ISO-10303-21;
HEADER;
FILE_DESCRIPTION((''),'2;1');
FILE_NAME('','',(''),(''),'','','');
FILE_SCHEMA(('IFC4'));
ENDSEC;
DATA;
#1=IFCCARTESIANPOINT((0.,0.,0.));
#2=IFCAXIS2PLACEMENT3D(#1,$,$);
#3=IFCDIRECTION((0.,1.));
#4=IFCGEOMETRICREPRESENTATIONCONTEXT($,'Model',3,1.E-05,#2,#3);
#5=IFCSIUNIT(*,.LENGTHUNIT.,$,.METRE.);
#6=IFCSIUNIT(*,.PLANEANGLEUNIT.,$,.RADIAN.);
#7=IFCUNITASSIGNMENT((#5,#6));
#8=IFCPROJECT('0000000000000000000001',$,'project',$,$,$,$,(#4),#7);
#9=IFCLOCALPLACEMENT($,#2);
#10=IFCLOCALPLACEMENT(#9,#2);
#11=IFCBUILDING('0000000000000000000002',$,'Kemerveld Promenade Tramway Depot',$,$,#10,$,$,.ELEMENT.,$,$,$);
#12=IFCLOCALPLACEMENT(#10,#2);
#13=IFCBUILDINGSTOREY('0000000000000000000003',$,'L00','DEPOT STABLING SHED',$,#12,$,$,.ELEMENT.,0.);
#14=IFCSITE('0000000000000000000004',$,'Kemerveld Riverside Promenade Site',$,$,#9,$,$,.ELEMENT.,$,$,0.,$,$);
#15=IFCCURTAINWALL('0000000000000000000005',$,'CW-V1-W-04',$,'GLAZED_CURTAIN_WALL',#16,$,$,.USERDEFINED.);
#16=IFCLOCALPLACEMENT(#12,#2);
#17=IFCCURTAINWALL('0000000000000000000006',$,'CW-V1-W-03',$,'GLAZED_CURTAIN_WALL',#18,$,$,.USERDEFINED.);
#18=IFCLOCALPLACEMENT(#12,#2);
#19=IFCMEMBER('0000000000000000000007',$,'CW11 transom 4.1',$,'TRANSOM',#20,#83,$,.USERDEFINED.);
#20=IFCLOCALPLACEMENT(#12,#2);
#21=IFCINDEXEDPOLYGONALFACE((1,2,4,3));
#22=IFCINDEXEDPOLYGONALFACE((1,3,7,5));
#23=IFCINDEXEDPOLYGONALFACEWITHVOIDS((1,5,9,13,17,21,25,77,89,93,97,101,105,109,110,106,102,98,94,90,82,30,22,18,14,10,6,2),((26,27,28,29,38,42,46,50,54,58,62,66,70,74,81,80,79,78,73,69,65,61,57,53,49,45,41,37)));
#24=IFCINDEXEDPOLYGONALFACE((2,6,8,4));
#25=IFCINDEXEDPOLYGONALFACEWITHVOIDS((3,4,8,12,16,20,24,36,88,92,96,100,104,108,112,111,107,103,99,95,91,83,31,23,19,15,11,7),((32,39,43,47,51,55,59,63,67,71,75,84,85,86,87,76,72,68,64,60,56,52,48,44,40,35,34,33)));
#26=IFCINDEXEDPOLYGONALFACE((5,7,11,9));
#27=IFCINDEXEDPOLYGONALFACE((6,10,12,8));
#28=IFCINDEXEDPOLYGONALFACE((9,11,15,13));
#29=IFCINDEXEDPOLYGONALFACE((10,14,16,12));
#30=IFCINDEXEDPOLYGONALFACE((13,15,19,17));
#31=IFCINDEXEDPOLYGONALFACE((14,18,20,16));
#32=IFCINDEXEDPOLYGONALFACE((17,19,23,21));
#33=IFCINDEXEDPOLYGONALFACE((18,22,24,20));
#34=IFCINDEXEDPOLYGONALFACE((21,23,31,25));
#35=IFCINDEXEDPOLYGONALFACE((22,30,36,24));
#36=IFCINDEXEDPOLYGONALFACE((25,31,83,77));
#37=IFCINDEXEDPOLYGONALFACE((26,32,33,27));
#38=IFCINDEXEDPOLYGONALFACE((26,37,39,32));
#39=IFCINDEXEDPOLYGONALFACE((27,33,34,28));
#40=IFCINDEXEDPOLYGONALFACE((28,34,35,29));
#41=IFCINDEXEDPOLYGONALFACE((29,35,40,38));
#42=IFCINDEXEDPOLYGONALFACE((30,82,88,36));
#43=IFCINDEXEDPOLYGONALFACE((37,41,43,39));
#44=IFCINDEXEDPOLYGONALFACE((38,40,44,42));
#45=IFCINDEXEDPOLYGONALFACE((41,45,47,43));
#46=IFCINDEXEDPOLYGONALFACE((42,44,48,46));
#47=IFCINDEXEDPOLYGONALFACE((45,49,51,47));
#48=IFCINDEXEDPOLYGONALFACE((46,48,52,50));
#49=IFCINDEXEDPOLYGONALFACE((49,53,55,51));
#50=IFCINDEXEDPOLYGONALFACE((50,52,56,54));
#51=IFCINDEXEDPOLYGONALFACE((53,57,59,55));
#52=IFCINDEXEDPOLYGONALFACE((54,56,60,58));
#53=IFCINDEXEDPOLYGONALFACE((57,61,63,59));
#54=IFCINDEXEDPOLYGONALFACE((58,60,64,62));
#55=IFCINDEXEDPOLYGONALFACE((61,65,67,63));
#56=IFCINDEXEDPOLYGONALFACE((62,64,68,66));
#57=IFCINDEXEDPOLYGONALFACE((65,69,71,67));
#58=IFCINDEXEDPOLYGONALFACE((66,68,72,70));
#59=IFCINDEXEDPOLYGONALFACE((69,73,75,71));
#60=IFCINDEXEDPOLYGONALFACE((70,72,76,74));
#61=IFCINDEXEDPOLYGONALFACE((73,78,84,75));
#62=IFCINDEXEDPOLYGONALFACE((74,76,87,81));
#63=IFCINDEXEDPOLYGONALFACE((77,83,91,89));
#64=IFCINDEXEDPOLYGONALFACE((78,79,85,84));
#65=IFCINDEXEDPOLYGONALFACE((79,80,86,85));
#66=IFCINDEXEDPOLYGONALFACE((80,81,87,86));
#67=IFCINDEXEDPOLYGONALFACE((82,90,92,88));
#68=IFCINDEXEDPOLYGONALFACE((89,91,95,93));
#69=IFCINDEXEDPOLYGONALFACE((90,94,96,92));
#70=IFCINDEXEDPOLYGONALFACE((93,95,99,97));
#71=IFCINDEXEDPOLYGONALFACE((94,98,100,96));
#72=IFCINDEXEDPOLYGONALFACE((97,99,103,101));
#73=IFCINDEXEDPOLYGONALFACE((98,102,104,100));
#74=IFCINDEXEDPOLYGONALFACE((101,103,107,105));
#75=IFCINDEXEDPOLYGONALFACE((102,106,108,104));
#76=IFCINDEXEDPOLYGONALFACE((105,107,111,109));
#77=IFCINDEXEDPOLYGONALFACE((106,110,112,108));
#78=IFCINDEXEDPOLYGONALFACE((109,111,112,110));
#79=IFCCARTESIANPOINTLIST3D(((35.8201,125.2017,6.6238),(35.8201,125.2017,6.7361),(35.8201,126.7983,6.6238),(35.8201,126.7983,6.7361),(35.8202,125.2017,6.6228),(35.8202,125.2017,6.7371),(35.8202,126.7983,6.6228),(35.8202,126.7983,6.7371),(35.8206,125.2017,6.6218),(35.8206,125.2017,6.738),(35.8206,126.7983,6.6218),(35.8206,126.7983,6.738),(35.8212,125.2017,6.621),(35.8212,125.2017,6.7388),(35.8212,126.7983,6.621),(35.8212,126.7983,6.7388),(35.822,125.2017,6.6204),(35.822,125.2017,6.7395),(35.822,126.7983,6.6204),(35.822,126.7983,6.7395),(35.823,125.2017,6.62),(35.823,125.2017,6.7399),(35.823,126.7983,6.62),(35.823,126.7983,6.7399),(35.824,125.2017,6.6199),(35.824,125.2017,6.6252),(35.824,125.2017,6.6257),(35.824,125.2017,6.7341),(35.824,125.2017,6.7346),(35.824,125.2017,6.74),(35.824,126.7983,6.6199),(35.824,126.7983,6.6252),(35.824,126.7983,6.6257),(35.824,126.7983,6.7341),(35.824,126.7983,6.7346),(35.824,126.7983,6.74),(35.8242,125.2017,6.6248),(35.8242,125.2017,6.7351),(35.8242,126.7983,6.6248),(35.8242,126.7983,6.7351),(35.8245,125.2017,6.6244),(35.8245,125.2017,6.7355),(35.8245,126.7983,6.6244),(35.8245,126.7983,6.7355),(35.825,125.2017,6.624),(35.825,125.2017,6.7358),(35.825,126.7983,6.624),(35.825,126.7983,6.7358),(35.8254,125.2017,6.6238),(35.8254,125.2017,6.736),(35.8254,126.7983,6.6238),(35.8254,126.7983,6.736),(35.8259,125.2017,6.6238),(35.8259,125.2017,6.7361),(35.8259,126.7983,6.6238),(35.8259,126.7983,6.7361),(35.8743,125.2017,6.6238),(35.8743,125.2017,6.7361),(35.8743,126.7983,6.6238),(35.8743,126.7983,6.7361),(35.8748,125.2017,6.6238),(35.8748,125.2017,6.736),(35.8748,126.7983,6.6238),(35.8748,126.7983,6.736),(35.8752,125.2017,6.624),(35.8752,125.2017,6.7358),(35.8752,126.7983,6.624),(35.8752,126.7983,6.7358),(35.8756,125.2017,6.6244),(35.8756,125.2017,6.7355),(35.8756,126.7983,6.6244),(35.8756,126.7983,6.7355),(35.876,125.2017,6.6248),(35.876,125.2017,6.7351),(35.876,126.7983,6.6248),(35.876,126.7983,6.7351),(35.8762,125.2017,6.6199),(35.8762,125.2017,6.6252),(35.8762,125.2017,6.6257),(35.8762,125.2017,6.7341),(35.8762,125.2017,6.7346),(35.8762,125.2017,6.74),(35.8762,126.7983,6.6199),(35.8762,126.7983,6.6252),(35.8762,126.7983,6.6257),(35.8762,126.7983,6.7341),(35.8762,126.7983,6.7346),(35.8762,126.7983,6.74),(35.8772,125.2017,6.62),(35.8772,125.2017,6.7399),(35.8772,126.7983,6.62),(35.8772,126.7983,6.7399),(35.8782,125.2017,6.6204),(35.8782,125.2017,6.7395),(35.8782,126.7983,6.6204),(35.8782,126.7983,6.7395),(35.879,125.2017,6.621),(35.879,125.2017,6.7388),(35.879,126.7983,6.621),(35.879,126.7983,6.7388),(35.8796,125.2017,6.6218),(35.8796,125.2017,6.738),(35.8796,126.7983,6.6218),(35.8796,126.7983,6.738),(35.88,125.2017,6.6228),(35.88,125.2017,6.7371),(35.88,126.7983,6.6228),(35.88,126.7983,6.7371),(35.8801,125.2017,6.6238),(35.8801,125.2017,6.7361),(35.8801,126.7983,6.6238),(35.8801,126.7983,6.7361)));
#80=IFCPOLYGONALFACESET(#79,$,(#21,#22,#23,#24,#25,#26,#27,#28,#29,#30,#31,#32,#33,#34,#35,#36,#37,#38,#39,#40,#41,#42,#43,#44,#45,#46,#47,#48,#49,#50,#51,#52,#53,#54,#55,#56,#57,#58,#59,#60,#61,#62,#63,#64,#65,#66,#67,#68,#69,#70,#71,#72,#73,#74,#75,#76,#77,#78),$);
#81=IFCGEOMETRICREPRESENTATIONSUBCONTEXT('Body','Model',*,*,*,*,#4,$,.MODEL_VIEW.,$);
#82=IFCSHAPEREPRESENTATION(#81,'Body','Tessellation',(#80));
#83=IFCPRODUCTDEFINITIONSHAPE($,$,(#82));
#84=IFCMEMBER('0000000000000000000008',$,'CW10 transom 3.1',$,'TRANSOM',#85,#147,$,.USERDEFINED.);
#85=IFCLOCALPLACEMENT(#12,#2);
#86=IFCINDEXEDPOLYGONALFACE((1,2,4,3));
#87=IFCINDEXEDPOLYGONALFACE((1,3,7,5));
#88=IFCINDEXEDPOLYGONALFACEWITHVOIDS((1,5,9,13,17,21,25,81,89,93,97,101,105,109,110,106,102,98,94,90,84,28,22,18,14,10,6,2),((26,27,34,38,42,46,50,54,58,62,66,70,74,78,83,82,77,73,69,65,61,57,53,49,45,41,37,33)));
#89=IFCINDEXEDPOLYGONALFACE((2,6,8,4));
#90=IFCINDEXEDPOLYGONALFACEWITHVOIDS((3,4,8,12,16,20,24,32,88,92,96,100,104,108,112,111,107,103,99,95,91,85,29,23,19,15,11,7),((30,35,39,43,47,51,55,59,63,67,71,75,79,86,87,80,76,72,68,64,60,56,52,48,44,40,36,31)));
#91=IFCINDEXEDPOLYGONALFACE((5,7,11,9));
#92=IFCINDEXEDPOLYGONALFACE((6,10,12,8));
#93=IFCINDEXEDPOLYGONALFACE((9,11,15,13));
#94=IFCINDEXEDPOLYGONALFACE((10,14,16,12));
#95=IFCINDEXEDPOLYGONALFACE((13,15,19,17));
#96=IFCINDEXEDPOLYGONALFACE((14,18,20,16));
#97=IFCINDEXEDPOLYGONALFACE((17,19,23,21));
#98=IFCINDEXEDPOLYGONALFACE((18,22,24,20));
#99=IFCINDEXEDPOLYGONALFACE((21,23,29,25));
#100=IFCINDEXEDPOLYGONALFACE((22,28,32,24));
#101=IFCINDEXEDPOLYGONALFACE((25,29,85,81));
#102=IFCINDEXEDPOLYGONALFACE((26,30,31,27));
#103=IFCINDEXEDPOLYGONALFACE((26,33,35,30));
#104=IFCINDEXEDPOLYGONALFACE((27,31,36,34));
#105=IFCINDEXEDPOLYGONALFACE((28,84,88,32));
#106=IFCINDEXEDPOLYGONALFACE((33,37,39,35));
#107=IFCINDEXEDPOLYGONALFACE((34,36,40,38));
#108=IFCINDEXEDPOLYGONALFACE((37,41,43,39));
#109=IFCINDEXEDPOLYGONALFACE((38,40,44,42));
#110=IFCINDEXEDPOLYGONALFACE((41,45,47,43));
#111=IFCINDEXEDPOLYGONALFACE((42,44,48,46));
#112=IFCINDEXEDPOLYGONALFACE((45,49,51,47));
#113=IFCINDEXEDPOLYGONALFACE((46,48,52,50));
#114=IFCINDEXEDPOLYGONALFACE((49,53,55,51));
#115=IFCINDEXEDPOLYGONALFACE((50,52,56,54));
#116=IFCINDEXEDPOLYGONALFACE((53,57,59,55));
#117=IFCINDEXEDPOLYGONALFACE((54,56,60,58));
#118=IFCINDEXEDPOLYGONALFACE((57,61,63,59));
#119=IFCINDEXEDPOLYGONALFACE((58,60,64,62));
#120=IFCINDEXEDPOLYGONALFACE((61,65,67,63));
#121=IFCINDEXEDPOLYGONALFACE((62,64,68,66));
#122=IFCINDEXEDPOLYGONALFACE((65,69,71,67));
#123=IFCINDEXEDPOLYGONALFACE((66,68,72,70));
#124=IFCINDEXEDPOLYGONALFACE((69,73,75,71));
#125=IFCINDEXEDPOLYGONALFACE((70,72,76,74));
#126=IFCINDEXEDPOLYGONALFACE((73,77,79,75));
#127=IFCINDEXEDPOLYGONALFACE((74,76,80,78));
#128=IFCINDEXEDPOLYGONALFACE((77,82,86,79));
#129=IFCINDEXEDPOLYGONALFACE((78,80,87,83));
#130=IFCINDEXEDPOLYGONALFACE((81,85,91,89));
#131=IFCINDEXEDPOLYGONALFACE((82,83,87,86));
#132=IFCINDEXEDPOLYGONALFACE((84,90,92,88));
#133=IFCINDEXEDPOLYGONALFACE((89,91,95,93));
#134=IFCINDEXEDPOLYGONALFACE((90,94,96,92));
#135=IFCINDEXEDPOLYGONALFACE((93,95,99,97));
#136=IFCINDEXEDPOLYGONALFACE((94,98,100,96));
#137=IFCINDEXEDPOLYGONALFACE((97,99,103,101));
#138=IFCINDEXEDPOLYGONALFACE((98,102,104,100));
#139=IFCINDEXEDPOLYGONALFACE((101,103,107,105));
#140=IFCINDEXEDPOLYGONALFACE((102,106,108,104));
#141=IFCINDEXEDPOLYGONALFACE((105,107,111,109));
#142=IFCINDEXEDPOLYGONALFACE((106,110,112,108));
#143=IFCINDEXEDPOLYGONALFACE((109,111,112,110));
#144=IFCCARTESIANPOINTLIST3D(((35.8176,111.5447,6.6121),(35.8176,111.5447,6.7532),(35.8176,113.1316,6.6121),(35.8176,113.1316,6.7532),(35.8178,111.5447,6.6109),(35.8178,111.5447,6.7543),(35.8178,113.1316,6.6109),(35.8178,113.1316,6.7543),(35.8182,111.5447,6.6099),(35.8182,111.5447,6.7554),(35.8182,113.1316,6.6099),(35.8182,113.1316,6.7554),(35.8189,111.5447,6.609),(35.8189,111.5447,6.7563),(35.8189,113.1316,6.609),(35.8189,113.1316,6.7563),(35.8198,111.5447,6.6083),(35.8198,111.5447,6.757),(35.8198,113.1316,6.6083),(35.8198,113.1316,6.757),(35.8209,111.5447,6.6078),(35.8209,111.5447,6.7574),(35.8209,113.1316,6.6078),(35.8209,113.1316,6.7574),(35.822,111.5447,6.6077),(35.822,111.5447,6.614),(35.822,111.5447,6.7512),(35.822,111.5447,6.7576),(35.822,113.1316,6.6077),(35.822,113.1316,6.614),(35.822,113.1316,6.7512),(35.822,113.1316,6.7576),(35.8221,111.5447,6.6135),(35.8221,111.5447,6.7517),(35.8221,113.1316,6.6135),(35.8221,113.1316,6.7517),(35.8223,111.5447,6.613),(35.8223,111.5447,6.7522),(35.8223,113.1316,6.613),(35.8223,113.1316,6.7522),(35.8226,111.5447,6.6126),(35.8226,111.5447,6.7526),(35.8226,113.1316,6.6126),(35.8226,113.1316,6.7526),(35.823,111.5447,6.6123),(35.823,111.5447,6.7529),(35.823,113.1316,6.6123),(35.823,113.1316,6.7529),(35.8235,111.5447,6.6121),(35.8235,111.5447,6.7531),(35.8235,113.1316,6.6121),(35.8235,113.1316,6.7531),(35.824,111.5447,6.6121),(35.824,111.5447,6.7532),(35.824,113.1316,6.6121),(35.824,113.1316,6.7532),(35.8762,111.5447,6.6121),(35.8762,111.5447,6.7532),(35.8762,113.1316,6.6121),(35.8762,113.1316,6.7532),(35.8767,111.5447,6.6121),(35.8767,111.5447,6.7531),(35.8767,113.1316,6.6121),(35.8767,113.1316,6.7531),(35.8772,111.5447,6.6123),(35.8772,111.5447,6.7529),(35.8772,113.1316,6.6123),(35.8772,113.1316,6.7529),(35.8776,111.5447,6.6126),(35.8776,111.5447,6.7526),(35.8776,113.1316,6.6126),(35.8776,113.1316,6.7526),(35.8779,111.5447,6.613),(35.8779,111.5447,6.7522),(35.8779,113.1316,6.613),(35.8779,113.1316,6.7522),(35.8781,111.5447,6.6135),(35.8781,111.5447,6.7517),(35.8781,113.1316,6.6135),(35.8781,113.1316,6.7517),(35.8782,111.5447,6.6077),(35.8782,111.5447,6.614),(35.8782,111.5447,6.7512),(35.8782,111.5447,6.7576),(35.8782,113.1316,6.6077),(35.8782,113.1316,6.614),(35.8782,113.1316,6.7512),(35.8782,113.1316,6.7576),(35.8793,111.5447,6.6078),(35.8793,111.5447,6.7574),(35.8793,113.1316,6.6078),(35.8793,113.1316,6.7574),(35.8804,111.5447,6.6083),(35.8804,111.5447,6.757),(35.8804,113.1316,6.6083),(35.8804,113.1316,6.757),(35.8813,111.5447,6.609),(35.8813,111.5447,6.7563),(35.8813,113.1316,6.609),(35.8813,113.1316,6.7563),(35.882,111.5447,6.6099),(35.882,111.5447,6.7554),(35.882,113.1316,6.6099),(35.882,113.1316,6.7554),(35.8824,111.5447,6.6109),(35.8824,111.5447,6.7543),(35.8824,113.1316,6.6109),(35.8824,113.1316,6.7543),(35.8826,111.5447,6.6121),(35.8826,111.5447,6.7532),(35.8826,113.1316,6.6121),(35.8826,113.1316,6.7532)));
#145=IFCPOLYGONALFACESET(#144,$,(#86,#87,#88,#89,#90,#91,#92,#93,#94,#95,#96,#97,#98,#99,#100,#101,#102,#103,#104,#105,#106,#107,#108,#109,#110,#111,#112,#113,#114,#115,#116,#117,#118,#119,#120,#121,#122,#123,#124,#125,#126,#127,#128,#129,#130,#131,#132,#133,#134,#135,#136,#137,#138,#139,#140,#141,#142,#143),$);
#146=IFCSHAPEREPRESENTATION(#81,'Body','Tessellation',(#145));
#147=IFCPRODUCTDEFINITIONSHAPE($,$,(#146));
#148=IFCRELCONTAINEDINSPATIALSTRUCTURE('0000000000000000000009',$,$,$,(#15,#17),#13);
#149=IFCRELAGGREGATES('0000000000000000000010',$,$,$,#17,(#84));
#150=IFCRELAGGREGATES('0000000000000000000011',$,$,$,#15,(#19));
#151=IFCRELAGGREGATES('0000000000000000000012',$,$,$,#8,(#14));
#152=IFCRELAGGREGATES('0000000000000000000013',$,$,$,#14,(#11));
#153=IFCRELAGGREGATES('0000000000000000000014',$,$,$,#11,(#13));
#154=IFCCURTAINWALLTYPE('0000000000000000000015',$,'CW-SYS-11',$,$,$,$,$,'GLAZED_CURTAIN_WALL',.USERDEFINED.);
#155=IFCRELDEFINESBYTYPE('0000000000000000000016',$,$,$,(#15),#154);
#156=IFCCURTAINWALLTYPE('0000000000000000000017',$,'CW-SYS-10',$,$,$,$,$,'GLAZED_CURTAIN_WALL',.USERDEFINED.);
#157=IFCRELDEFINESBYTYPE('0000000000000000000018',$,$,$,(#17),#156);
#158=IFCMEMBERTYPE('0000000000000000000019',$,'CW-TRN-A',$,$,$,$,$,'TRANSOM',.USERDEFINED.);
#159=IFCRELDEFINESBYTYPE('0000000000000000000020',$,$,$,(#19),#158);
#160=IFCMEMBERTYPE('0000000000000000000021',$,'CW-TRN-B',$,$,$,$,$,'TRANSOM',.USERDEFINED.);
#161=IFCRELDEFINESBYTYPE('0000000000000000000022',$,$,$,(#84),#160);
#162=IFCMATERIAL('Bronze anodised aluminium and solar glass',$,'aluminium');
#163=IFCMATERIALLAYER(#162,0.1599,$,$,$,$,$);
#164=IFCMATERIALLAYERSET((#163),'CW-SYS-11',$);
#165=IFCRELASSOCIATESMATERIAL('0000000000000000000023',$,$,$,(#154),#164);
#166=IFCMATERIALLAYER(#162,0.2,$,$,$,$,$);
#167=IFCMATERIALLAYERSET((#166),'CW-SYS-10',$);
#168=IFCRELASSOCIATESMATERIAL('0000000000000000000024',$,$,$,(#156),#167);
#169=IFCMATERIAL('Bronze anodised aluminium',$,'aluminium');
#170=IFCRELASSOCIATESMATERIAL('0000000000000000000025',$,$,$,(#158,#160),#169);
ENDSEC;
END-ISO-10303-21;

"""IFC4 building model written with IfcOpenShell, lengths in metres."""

from ifc_helpers import new_model, si_unit, direction, frame, origin, origin_2d, place, context, subcontext, project, spatial, hollow_rectangle, extrude, material, layer, layer_set, material_profile, profile_set, type_object, element, aggregate, save


model = new_model("IFC4")

# Units and contexts
model_context = context("Model", 3, precision=1e-05, world=origin(), true_north=direction((0.0, 1.0)))
body_context = subcontext(model_context, "Body", "Model", "MODEL_VIEW")
ifc_project = project(units=[si_unit("LENGTHUNIT", "METRE"), si_unit("PLANEANGLEUNIT", "RADIAN")], contexts=[model_context])

# Site, building, storey
site_placement = place(None, origin())
site = spatial("IfcSite", under=ifc_project, at=site_placement, Name="Kemerveld Riverside Promenade Site", CompositionType="ELEMENT", RefElevation=0.0)
building_placement = place(site_placement, origin())
building = spatial("IfcBuilding", under=site, at=building_placement, Name="Kemerveld Promenade Tramway Depot", CompositionType="ELEMENT")
storey_placement = place(building_placement, origin())
storey = spatial("IfcBuildingStorey", under=building, at=storey_placement, Name="L00", Description="DEPOT STABLING SHED", CompositionType="ELEMENT", Elevation=0.0)

# Curtain walls
ifc_material_1 = material(Name="Bronze anodised aluminium and solar glass", Category="aluminium")
ifc_layer_1 = layer(ifc_material_1, 0.1599)
ifc_layer_set_1 = layer_set([ifc_layer_1], Name="CW-SYS-11")
curtain_wall_type_1 = type_object("IfcCurtainWallType", Name="CW-SYS-11", ElementType="GLAZED_CURTAIN_WALL", PredefinedType="USERDEFINED", material=ifc_layer_set_1)
curtain_wall_1_placement = place(storey_placement, origin())
curtain_wall_1 = element("IfcCurtainWall", 1, at=curtain_wall_1_placement, inside=storey, type_object=curtain_wall_type_1, Name="CW-V1-W-04", ObjectType="GLAZED_CURTAIN_WALL", PredefinedType="USERDEFINED")
ifc_material_2 = material(Name="Bronze anodised aluminium", Category="aluminium")
ifc_layer_2 = layer(ifc_material_1, 0.2)
ifc_layer_set_2 = layer_set([ifc_layer_2], Name="CW-SYS-10")
curtain_wall_type_2 = type_object("IfcCurtainWallType", Name="CW-SYS-10", ElementType="GLAZED_CURTAIN_WALL", PredefinedType="USERDEFINED", material=ifc_layer_set_2)
curtain_wall_2_placement = place(storey_placement, origin())
curtain_wall_2 = element("IfcCurtainWall", 2, at=curtain_wall_2_placement, inside=storey, type_object=curtain_wall_type_2, Name="CW-V1-W-03", ObjectType="GLAZED_CURTAIN_WALL", PredefinedType="USERDEFINED")

# Members
ifc_material_profile_1 = material_profile(ifc_material_2, hollow_rectangle(XDim=0.0601, YDim=0.1201, WallThickness=0.0039, InnerFilletRadius=0.002, OuterFilletRadius=0.0039, at=origin_2d()), Name="CW-TRN-120x60")
ifc_profile_set_1 = profile_set([ifc_material_profile_1], Name="Bronze anodised aluminium")
member_type_1 = type_object("IfcMemberType", Name="CW-TRN-A", ElementType="TRANSOM", PredefinedType="USERDEFINED", material=ifc_profile_set_1)
member_1_placement = place(storey_placement, frame((35.8501, 125.2017, 6.6799), z_axis=(0.0, 1.0, 0.0), x_axis=(-1.0, 0.0, 0.0)))
member_1 = element("IfcMember", 3, at=member_1_placement, type_object=member_type_1, Name="CW11 transom 4.1", ObjectType="TRANSOM", PredefinedType="USERDEFINED", context=body_context, shape_type="SweptSolid", body=[
    extrude(hollow_rectangle(XDim=0.0601, YDim=0.1201, WallThickness=0.0039, InnerFilletRadius=0.002, OuterFilletRadius=0.0039, at=origin_2d()), origin(), (0.0, 0.0, 1.0), 1.5967),
])
ifc_material_profile_2 = material_profile(ifc_material_2, hollow_rectangle(XDim=0.0649, YDim=0.1499, WallThickness=0.0044, InnerFilletRadius=0.002, OuterFilletRadius=0.0044, at=origin_2d()), Name="CW-TRN-150x65")
ifc_profile_set_2 = profile_set([ifc_material_profile_2], Name="Bronze anodised aluminium")
member_type_2 = type_object("IfcMemberType", Name="CW-TRN-B", ElementType="TRANSOM", PredefinedType="USERDEFINED", material=ifc_profile_set_2)
member_2_placement = place(storey_placement, frame((35.8501, 111.5447, 6.6826), z_axis=(0.0, 1.0, 0.0), x_axis=(-1.0, 0.0, 0.0)))
member_2 = element("IfcMember", 4, at=member_2_placement, type_object=member_type_2, Name="CW10 transom 3.1", ObjectType="TRANSOM", PredefinedType="USERDEFINED", context=body_context, shape_type="SweptSolid", body=[
    extrude(hollow_rectangle(XDim=0.0649, YDim=0.1499, WallThickness=0.0044, InnerFilletRadius=0.002, OuterFilletRadius=0.0044, at=origin_2d()), origin(), (0.0, 0.0, 1.0), 1.5869),
])

aggregate(curtain_wall_2, [member_2])
aggregate(curtain_wall_1, [member_1])

save(model, "model.ifc")
